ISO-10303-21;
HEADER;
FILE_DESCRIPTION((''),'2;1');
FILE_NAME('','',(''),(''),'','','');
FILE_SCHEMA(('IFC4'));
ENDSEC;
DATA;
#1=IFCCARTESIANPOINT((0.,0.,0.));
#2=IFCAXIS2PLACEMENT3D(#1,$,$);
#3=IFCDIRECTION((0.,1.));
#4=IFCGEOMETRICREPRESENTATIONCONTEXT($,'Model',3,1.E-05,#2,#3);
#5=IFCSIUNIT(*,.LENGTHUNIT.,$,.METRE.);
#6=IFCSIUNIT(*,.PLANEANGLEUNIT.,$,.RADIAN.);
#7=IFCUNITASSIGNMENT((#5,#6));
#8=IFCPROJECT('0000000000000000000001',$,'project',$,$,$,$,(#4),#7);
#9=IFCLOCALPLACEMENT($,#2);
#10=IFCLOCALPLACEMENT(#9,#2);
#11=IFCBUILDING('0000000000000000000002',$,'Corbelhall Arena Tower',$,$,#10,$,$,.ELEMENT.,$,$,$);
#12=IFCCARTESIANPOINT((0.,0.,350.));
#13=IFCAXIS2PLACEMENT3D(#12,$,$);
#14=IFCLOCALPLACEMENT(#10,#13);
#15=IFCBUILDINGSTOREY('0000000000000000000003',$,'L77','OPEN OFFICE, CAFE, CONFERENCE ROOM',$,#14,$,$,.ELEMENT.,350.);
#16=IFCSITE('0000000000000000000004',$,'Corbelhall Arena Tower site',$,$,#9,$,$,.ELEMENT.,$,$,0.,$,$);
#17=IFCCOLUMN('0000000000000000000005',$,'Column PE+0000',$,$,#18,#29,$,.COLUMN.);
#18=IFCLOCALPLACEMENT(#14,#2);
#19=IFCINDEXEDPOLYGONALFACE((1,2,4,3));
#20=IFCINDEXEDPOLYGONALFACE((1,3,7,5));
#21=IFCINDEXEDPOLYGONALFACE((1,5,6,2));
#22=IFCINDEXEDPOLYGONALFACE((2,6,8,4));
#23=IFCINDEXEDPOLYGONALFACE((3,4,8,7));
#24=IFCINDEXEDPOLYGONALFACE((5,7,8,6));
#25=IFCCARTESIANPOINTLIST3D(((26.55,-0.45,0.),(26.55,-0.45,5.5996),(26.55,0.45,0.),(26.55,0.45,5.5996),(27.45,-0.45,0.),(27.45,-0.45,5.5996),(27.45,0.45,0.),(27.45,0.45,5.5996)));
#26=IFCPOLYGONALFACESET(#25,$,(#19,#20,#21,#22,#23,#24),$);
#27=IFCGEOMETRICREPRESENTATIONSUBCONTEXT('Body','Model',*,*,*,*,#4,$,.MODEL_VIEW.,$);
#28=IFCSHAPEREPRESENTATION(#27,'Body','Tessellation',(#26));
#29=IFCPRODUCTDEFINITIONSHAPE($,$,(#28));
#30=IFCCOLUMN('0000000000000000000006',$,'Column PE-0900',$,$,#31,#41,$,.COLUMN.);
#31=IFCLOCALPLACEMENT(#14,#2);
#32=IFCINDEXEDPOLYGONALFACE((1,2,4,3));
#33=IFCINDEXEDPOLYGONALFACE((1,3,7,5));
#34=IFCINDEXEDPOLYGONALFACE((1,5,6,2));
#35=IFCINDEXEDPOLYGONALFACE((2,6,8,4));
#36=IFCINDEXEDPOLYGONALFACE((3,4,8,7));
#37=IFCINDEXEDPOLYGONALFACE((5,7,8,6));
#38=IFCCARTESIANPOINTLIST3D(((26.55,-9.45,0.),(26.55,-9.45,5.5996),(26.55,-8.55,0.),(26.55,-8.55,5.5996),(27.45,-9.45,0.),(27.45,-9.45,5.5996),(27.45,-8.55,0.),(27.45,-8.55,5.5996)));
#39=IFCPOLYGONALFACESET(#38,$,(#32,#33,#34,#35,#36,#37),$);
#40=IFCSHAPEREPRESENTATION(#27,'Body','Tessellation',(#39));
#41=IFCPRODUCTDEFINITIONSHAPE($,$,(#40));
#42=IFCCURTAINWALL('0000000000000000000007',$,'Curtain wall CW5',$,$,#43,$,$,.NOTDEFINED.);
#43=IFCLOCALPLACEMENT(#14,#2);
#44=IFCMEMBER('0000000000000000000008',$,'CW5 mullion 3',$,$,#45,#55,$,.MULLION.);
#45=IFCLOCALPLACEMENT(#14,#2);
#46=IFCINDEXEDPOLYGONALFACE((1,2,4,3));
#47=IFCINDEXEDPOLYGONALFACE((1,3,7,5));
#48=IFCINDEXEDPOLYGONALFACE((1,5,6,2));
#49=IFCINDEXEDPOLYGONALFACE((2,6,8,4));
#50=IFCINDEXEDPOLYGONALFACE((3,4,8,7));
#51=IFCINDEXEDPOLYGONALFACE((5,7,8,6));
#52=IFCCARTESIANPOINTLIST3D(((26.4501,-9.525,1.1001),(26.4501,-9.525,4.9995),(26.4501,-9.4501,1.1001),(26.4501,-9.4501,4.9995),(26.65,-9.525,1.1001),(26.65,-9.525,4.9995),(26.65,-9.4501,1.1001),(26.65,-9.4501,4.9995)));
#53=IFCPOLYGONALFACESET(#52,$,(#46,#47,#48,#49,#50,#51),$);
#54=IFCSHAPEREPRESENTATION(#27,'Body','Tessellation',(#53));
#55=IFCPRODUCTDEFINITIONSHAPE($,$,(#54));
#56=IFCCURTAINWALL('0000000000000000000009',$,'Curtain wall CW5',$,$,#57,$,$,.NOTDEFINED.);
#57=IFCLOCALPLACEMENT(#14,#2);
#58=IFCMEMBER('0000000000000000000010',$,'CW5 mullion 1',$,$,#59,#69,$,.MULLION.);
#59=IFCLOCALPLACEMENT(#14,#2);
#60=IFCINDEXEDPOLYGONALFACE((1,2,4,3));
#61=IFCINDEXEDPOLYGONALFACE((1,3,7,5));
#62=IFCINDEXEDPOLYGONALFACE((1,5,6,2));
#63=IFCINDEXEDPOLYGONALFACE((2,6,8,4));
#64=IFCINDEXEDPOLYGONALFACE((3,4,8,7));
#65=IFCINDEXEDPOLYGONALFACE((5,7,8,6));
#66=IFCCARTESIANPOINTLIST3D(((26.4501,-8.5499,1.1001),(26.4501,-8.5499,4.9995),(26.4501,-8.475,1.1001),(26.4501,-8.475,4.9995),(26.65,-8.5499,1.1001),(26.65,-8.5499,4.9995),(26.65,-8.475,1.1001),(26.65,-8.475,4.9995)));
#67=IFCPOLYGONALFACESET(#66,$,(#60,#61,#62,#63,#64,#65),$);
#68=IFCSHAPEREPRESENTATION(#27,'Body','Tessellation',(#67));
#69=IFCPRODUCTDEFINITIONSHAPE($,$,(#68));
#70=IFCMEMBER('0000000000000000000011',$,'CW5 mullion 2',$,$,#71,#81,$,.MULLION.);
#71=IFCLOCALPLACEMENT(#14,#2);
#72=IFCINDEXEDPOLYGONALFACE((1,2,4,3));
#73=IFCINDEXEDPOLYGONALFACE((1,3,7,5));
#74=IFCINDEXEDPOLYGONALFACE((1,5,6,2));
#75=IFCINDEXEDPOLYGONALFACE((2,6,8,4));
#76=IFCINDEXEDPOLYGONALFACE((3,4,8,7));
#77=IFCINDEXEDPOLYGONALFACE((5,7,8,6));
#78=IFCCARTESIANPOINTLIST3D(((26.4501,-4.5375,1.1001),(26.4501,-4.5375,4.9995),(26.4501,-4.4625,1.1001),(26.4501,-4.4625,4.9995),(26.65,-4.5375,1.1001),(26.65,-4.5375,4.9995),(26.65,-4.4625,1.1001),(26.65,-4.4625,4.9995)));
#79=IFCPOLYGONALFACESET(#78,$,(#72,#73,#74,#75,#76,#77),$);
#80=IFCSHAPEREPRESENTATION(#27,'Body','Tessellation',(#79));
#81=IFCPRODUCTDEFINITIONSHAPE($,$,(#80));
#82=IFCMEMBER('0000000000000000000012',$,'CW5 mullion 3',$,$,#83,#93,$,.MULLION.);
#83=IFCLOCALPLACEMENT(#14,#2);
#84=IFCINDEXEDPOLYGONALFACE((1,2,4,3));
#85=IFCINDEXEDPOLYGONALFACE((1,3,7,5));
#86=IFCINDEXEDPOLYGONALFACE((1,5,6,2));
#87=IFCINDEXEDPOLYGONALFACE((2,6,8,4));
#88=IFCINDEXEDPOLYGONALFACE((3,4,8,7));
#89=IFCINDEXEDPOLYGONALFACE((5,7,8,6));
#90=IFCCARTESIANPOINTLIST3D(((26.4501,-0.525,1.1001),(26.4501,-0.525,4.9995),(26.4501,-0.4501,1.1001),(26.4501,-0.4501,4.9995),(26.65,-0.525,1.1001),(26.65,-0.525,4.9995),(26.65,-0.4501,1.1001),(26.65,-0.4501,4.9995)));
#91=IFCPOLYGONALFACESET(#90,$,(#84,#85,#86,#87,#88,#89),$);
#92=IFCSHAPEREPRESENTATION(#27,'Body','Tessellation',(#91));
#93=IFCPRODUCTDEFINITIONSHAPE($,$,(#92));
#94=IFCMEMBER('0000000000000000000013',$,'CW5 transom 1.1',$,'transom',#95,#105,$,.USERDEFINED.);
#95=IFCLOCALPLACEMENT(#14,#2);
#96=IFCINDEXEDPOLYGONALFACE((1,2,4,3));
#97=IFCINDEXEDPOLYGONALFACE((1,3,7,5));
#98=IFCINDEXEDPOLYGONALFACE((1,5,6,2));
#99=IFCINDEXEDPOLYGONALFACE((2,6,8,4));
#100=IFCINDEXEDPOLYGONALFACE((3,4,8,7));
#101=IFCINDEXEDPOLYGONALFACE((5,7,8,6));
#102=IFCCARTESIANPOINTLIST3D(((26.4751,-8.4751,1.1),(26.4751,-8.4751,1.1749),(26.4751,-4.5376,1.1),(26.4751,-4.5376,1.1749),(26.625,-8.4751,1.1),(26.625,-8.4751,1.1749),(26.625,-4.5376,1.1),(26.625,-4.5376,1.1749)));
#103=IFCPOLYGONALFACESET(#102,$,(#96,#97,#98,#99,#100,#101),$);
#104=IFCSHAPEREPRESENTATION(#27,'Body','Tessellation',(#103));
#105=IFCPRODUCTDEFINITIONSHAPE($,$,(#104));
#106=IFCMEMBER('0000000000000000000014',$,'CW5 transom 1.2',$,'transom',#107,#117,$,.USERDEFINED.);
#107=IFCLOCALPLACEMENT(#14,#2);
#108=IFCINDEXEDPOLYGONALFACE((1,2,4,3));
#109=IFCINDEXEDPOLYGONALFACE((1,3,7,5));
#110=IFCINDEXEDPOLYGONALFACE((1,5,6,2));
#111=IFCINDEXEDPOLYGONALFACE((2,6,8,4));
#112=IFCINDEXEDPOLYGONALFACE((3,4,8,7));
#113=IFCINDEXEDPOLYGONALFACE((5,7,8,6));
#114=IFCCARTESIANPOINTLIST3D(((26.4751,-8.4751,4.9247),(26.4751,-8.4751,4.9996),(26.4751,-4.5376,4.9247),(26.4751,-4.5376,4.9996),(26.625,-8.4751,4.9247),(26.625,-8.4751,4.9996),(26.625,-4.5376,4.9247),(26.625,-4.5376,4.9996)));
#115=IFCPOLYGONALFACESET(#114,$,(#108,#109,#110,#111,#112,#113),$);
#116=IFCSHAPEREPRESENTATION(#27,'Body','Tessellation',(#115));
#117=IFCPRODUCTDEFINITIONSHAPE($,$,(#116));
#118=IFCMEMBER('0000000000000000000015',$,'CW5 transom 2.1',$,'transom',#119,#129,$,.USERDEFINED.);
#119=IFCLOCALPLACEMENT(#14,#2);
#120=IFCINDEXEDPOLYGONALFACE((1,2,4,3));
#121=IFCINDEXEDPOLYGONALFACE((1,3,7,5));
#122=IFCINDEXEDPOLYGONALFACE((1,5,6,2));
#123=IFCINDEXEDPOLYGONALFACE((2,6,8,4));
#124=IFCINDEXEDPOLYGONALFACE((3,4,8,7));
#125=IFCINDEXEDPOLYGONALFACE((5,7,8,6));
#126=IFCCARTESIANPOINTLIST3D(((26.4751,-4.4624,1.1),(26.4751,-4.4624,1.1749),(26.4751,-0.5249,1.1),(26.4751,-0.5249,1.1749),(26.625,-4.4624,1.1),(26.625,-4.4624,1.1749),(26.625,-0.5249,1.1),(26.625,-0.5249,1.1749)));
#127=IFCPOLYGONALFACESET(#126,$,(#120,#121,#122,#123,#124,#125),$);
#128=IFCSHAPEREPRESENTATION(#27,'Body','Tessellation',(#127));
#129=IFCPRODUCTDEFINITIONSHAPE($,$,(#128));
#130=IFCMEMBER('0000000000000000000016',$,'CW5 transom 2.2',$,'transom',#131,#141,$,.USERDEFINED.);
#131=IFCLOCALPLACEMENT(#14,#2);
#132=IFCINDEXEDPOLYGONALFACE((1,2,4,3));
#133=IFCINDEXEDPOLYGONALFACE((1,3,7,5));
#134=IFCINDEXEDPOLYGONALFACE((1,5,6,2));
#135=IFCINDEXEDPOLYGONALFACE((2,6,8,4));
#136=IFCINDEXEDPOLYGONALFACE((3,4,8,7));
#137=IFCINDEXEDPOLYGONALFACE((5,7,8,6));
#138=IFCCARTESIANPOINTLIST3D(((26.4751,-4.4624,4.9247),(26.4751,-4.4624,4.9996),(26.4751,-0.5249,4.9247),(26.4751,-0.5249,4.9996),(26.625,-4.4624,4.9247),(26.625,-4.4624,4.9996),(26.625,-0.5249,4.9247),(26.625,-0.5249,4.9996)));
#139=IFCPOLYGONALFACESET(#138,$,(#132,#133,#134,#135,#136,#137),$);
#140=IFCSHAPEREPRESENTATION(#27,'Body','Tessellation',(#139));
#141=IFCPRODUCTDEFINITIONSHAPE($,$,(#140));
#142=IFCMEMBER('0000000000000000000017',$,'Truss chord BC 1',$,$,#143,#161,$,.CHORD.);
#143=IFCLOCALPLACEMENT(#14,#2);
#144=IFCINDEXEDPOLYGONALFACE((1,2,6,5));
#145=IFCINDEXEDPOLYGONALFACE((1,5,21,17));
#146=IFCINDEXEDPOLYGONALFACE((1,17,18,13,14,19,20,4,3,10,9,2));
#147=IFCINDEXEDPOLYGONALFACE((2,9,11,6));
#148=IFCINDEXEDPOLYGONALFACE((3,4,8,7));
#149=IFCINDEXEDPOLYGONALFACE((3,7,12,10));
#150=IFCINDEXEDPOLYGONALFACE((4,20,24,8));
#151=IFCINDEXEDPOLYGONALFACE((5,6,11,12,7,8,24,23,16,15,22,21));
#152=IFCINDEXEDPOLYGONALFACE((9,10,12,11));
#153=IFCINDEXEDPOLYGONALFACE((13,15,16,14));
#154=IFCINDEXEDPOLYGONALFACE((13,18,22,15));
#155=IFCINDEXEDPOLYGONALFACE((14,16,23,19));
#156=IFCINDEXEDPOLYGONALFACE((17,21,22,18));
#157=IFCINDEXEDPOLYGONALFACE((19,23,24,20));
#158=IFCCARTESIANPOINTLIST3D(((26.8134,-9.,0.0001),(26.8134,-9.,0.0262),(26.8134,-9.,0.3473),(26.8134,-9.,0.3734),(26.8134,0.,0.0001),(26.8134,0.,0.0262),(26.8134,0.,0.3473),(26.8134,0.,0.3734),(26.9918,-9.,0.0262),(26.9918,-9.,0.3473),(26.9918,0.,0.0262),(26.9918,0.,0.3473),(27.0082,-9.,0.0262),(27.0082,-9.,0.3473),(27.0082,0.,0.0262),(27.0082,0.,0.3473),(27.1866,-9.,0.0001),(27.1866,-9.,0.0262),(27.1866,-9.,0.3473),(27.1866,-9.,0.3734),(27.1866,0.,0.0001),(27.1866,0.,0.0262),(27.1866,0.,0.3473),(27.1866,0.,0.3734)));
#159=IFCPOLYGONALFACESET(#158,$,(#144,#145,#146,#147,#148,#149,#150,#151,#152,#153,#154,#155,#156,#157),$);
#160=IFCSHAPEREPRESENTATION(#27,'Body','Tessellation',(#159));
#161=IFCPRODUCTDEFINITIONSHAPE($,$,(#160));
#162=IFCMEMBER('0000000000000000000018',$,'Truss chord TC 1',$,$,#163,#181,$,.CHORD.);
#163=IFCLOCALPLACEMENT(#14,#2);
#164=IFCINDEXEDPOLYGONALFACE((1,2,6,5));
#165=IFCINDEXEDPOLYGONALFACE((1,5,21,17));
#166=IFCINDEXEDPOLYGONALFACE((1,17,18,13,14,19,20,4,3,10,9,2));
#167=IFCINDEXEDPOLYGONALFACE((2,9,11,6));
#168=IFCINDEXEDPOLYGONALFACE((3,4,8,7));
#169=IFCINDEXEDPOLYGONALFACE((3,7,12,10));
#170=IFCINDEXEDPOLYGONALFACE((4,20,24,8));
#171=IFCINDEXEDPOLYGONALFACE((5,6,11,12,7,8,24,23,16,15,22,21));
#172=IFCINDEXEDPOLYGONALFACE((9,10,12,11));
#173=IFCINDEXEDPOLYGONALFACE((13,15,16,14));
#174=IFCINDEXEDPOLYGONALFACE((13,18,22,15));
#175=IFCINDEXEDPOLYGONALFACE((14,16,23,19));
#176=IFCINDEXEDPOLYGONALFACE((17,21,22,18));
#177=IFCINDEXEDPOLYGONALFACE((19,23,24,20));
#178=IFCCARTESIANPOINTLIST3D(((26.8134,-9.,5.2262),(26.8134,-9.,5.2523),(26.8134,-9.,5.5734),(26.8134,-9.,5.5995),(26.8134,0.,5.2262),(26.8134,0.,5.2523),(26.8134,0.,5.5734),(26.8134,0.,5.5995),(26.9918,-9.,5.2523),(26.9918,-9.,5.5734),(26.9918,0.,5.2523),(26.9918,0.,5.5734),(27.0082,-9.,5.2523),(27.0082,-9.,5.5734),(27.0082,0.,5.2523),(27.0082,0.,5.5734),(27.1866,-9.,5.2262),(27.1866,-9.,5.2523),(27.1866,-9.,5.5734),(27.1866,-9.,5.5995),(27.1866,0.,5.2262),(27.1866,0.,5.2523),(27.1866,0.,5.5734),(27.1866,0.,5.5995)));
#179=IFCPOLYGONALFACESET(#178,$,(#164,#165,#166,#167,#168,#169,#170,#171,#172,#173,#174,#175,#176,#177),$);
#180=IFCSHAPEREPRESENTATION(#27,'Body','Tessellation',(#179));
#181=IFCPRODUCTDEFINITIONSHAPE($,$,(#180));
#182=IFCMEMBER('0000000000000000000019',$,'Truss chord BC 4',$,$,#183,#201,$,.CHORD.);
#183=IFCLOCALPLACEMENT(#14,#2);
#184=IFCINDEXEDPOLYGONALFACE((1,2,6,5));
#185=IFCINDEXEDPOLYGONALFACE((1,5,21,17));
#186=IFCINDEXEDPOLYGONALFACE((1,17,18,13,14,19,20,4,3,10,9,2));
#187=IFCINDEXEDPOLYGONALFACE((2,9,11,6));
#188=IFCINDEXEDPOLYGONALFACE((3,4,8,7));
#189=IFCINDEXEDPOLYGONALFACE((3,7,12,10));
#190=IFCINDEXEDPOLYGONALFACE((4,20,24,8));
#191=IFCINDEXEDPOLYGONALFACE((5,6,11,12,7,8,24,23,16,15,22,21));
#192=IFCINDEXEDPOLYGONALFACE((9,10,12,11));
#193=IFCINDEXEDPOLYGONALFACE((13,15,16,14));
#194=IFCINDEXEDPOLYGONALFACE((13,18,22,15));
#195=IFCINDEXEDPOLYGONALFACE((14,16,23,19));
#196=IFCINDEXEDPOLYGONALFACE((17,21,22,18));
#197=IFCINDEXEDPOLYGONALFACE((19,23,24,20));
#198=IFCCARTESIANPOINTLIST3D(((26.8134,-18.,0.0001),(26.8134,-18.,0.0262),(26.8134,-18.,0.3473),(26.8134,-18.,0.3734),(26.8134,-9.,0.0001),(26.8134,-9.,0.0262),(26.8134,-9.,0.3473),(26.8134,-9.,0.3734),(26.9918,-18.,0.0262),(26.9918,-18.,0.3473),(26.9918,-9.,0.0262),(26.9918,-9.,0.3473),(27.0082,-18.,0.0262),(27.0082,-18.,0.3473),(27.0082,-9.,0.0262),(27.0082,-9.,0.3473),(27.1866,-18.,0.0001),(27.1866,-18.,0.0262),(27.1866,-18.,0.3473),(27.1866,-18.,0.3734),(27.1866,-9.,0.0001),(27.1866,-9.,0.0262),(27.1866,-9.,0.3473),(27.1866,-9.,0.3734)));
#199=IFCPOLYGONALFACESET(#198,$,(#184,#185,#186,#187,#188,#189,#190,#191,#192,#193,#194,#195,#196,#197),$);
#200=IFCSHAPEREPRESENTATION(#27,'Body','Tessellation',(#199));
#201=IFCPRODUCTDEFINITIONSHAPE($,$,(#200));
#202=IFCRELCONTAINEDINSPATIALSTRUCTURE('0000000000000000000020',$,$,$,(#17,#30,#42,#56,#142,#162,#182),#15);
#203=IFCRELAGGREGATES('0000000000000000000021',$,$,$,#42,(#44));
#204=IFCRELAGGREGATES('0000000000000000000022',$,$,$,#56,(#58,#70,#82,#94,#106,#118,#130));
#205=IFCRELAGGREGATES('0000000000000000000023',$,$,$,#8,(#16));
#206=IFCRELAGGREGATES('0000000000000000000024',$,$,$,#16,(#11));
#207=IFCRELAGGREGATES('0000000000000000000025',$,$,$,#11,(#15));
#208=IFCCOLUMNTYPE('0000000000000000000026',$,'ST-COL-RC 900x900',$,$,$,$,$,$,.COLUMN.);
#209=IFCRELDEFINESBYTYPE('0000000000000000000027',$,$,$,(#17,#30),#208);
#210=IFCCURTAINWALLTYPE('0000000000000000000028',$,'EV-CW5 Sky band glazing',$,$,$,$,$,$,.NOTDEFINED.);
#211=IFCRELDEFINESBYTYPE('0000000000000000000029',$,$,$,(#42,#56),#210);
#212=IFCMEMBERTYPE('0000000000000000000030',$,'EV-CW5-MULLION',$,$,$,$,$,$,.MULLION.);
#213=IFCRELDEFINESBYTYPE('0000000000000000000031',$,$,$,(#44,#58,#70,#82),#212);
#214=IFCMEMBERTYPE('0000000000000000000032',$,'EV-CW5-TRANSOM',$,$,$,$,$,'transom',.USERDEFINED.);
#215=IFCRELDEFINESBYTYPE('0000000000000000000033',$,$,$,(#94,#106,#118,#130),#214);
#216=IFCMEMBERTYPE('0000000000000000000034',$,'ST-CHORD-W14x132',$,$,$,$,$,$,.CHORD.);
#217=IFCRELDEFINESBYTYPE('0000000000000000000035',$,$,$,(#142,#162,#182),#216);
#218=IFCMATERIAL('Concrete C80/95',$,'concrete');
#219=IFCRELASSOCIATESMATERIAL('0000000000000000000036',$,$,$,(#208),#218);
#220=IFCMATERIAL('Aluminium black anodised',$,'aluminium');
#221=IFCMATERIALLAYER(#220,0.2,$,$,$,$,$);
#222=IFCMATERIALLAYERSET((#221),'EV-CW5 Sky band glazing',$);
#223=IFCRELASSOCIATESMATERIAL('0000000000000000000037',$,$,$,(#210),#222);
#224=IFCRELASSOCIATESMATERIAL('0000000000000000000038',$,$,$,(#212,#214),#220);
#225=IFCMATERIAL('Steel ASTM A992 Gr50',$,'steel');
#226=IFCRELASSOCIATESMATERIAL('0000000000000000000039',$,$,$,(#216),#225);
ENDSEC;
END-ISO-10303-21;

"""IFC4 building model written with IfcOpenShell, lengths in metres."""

from ifc_helpers import new_model, si_unit, direction, frame, origin, origin_2d, place, context, subcontext, project, spatial, rectangle, i_section, extrude, material, layer, layer_set, material_profile, profile_set, type_object, element, aggregate, save


model = new_model("IFC4")

# Units and contexts
model_context = context("Model", 3, precision=1e-05, world=origin(), true_north=direction((0.0, 1.0)))
body_context = subcontext(model_context, "Body", "Model", "MODEL_VIEW")
ifc_project = project(units=[si_unit("LENGTHUNIT", "METRE"), si_unit("PLANEANGLEUNIT", "RADIAN")], contexts=[model_context])

# Site, building, storey
site_placement = place(None, origin())
site = spatial("IfcSite", under=ifc_project, at=site_placement, Name="Corbelhall Arena Tower site", CompositionType="ELEMENT", RefElevation=0.0)
building_placement = place(site_placement, origin())
building = spatial("IfcBuilding", under=site, at=building_placement, Name="Corbelhall Arena Tower", CompositionType="ELEMENT")
storey_placement = place(building_placement, frame((0.0, 0.0, 350.0)))
storey = spatial("IfcBuildingStorey", under=building, at=storey_placement, Name="L77", Description="OPEN OFFICE, CAFE, CONFERENCE ROOM", CompositionType="ELEMENT", Elevation=350.0)

# Columns
ifc_material_1 = material(Name="Concrete C80/95", Category="concrete")
ifc_material_profile_1 = material_profile(ifc_material_1, rectangle(XDim=0.8999, YDim=0.8999, at=origin_2d()))
ifc_profile_set_1 = profile_set([ifc_material_profile_1], Name="Concrete C80/95")
column_type = type_object("IfcColumnType", Name="ST-COL-RC 900x900", PredefinedType="COLUMN", material=ifc_profile_set_1)
for number, where, z_axis, x_axis, name in (
    (1, (27.0, 0.0, 0.0), (0.0, 0.0, 1.0), (0.0, 1.0, 0.0), "Column PE+0000"),
    (2, (27.0, -9.0, 0.0), (0.0, 0.0, 1.0), (0.0, 1.0, 0.0), "Column PE-0900"),
):
    element("IfcColumn", number, at=place(storey_placement, frame(where, z_axis=z_axis, x_axis=x_axis)), inside=storey, type_object=column_type, Name=name, PredefinedType="COLUMN", context=body_context, shape_type="SweptSolid", body=[
        extrude(rectangle(XDim=0.8999, YDim=0.8999, at=origin_2d()), origin(), (0.0, 0.0, 1.0), 5.5996),
    ])

# Curtain wall, member
ifc_material_2 = material(Name="Aluminium black anodised", Category="aluminium")
ifc_layer_1 = layer(ifc_material_2, 0.2)
ifc_layer_set_1 = layer_set([ifc_layer_1], Name="EV-CW5 Sky band glazing")
curtain_wall_type = type_object("IfcCurtainWallType", Name="EV-CW5 Sky band glazing", PredefinedType="NOTDEFINED", material=ifc_layer_set_1)
curtain_wall_1_placement = place(storey_placement, origin())
curtain_wall_1 = element("IfcCurtainWall", 3, at=curtain_wall_1_placement, inside=storey, type_object=curtain_wall_type, Name="Curtain wall CW5", PredefinedType="NOTDEFINED")
ifc_material_profile_2 = material_profile(ifc_material_2, rectangle(XDim=0.2, YDim=0.075, at=origin_2d()))
ifc_profile_set_2 = profile_set([ifc_material_profile_2], Name="Aluminium black anodised")
member_type_1 = type_object("IfcMemberType", Name="EV-CW5-MULLION", PredefinedType="MULLION", material=ifc_profile_set_2)
member_1_placement = place(storey_placement, frame((26.55, -9.4875, 1.1001), z_axis=(0.0, 0.0, 1.0), x_axis=(-1.0, 0.0, 0.0)))
member_1 = element("IfcMember", 4, at=member_1_placement, type_object=member_type_1, Name="CW5 mullion 3", PredefinedType="MULLION", context=body_context, shape_type="SweptSolid", body=[
    extrude(rectangle(XDim=0.2, YDim=0.075, at=origin_2d()), origin(), (0.0, 0.0, 1.0), 3.8994),
])
aggregate(curtain_wall_1, [member_1])

# Curtain wall, members
curtain_wall_2_placement = place(storey_placement, origin())
curtain_wall_2 = element("IfcCurtainWall", 5, at=curtain_wall_2_placement, inside=storey, type_object=curtain_wall_type, Name="Curtain wall CW5", PredefinedType="NOTDEFINED")
member_2_placement = place(storey_placement, frame((26.55, -8.5125, 1.1001), z_axis=(0.0, 0.0, 1.0), x_axis=(-1.0, 0.0, 0.0)))
member_2 = element("IfcMember", 6, at=member_2_placement, type_object=member_type_1, Name="CW5 mullion 1", PredefinedType="MULLION", context=body_context, shape_type="SweptSolid", body=[
    extrude(rectangle(XDim=0.2, YDim=0.075, at=origin_2d()), origin(), (0.0, 0.0, 1.0), 3.8994),
])
member_3_placement = place(storey_placement, frame((26.55, -4.5, 1.1001), z_axis=(0.0, 0.0, 1.0), x_axis=(-1.0, 0.0, 0.0)))
member_3 = element("IfcMember", 7, at=member_3_placement, type_object=member_type_1, Name="CW5 mullion 2", PredefinedType="MULLION", context=body_context, shape_type="SweptSolid", body=[
    extrude(rectangle(XDim=0.2, YDim=0.075, at=origin_2d()), origin(), (0.0, 0.0, 1.0), 3.8994),
])
member_4_placement = place(storey_placement, frame((26.55, -0.4875, 1.1001), z_axis=(0.0, 0.0, 1.0), x_axis=(-1.0, 0.0, 0.0)))
member_4 = element("IfcMember", 8, at=member_4_placement, type_object=member_type_1, Name="CW5 mullion 3", PredefinedType="MULLION", context=body_context, shape_type="SweptSolid", body=[
    extrude(rectangle(XDim=0.2, YDim=0.075, at=origin_2d()), origin(), (0.0, 0.0, 1.0), 3.8994),
])
ifc_material_profile_3 = material_profile(ifc_material_2, rectangle(XDim=0.1499, YDim=0.075, at=origin_2d()))
ifc_profile_set_3 = profile_set([ifc_material_profile_3], Name="Aluminium black anodised")
member_type_2 = type_object("IfcMemberType", Name="EV-CW5-TRANSOM", ElementType="transom", PredefinedType="USERDEFINED", material=ifc_profile_set_3)
member_5_placement = place(storey_placement, frame((26.55, -8.4751, 1.1375), z_axis=(0.0, 1.0, 0.0), x_axis=(-1.0, 0.0, 0.0)))
member_5 = element("IfcMember", 9, at=member_5_placement, type_object=member_type_2, Name="CW5 transom 1.1", ObjectType="transom", PredefinedType="USERDEFINED", context=body_context, shape_type="SweptSolid", body=[
    extrude(rectangle(XDim=0.1499, YDim=0.075, at=origin_2d()), origin(), (0.0, 0.0, 1.0), 3.9375),
])
member_6_placement = place(storey_placement, frame((26.55, -8.4751, 4.9622), z_axis=(0.0, 1.0, 0.0), x_axis=(-1.0, 0.0, 0.0)))
member_6 = element("IfcMember", 10, at=member_6_placement, type_object=member_type_2, Name="CW5 transom 1.2", ObjectType="transom", PredefinedType="USERDEFINED", context=body_context, shape_type="SweptSolid", body=[
    extrude(rectangle(XDim=0.1499, YDim=0.075, at=origin_2d()), origin(), (0.0, 0.0, 1.0), 3.9375),
])
member_7_placement = place(storey_placement, frame((26.55, -4.4624, 1.1375), z_axis=(0.0, 1.0, 0.0), x_axis=(-1.0, 0.0, 0.0)))
member_7 = element("IfcMember", 11, at=member_7_placement, type_object=member_type_2, Name="CW5 transom 2.1", ObjectType="transom", PredefinedType="USERDEFINED", context=body_context, shape_type="SweptSolid", body=[
    extrude(rectangle(XDim=0.1499, YDim=0.075, at=origin_2d()), origin(), (0.0, 0.0, 1.0), 3.9375),
])
member_8_placement = place(storey_placement, frame((26.55, -4.4624, 4.9622), z_axis=(0.0, 1.0, 0.0), x_axis=(-1.0, 0.0, 0.0)))
member_8 = element("IfcMember", 12, at=member_8_placement, type_object=member_type_2, Name="CW5 transom 2.2", ObjectType="transom", PredefinedType="USERDEFINED", context=body_context, shape_type="SweptSolid", body=[
    extrude(rectangle(XDim=0.1499, YDim=0.075, at=origin_2d()), origin(), (0.0, 0.0, 1.0), 3.9375),
])

# Members
ifc_material_3 = material(Name="Steel ASTM A992 Gr50", Category="steel")
ifc_material_profile_4 = material_profile(ifc_material_3, i_section(OverallWidth=0.3733, OverallDepth=0.3733, WebThickness=0.0164, FlangeThickness=0.0261, at=origin_2d()))
ifc_profile_set_4 = profile_set([ifc_material_profile_4], Name="Steel ASTM A992 Gr50")
member_type_3 = type_object("IfcMemberType", Name="ST-CHORD-W14x132", PredefinedType="CHORD", material=ifc_profile_set_4)
for number, where, z_axis, x_axis, name in (
    (13, (27.0, 0.0, 0.1868), (0.0, -1.0, 0.0), (1.0, 0.0, 0.0), "Truss chord BC 1"),
    (14, (27.0, 0.0, 5.4128), (0.0, -1.0, 0.0), (1.0, 0.0, 0.0), "Truss chord TC 1"),
    (15, (27.0, -9.0, 0.1868), (0.0, -1.0, 0.0), (1.0, 0.0, 0.0), "Truss chord BC 4"),
):
    element("IfcMember", number, at=place(storey_placement, frame(where, z_axis=z_axis, x_axis=x_axis)), inside=storey, type_object=member_type_3, Name=name, PredefinedType="CHORD", context=body_context, shape_type="SweptSolid", body=[
        extrude(i_section(OverallWidth=0.3733, OverallDepth=0.3733, WebThickness=0.0164, FlangeThickness=0.0261, at=origin_2d()), origin(), (0.0, 0.0, 1.0), 9.0),
    ])

aggregate(curtain_wall_2, [member_2, member_3, member_4, member_5, member_6, member_7, member_8])

save(model, "model.ifc")
